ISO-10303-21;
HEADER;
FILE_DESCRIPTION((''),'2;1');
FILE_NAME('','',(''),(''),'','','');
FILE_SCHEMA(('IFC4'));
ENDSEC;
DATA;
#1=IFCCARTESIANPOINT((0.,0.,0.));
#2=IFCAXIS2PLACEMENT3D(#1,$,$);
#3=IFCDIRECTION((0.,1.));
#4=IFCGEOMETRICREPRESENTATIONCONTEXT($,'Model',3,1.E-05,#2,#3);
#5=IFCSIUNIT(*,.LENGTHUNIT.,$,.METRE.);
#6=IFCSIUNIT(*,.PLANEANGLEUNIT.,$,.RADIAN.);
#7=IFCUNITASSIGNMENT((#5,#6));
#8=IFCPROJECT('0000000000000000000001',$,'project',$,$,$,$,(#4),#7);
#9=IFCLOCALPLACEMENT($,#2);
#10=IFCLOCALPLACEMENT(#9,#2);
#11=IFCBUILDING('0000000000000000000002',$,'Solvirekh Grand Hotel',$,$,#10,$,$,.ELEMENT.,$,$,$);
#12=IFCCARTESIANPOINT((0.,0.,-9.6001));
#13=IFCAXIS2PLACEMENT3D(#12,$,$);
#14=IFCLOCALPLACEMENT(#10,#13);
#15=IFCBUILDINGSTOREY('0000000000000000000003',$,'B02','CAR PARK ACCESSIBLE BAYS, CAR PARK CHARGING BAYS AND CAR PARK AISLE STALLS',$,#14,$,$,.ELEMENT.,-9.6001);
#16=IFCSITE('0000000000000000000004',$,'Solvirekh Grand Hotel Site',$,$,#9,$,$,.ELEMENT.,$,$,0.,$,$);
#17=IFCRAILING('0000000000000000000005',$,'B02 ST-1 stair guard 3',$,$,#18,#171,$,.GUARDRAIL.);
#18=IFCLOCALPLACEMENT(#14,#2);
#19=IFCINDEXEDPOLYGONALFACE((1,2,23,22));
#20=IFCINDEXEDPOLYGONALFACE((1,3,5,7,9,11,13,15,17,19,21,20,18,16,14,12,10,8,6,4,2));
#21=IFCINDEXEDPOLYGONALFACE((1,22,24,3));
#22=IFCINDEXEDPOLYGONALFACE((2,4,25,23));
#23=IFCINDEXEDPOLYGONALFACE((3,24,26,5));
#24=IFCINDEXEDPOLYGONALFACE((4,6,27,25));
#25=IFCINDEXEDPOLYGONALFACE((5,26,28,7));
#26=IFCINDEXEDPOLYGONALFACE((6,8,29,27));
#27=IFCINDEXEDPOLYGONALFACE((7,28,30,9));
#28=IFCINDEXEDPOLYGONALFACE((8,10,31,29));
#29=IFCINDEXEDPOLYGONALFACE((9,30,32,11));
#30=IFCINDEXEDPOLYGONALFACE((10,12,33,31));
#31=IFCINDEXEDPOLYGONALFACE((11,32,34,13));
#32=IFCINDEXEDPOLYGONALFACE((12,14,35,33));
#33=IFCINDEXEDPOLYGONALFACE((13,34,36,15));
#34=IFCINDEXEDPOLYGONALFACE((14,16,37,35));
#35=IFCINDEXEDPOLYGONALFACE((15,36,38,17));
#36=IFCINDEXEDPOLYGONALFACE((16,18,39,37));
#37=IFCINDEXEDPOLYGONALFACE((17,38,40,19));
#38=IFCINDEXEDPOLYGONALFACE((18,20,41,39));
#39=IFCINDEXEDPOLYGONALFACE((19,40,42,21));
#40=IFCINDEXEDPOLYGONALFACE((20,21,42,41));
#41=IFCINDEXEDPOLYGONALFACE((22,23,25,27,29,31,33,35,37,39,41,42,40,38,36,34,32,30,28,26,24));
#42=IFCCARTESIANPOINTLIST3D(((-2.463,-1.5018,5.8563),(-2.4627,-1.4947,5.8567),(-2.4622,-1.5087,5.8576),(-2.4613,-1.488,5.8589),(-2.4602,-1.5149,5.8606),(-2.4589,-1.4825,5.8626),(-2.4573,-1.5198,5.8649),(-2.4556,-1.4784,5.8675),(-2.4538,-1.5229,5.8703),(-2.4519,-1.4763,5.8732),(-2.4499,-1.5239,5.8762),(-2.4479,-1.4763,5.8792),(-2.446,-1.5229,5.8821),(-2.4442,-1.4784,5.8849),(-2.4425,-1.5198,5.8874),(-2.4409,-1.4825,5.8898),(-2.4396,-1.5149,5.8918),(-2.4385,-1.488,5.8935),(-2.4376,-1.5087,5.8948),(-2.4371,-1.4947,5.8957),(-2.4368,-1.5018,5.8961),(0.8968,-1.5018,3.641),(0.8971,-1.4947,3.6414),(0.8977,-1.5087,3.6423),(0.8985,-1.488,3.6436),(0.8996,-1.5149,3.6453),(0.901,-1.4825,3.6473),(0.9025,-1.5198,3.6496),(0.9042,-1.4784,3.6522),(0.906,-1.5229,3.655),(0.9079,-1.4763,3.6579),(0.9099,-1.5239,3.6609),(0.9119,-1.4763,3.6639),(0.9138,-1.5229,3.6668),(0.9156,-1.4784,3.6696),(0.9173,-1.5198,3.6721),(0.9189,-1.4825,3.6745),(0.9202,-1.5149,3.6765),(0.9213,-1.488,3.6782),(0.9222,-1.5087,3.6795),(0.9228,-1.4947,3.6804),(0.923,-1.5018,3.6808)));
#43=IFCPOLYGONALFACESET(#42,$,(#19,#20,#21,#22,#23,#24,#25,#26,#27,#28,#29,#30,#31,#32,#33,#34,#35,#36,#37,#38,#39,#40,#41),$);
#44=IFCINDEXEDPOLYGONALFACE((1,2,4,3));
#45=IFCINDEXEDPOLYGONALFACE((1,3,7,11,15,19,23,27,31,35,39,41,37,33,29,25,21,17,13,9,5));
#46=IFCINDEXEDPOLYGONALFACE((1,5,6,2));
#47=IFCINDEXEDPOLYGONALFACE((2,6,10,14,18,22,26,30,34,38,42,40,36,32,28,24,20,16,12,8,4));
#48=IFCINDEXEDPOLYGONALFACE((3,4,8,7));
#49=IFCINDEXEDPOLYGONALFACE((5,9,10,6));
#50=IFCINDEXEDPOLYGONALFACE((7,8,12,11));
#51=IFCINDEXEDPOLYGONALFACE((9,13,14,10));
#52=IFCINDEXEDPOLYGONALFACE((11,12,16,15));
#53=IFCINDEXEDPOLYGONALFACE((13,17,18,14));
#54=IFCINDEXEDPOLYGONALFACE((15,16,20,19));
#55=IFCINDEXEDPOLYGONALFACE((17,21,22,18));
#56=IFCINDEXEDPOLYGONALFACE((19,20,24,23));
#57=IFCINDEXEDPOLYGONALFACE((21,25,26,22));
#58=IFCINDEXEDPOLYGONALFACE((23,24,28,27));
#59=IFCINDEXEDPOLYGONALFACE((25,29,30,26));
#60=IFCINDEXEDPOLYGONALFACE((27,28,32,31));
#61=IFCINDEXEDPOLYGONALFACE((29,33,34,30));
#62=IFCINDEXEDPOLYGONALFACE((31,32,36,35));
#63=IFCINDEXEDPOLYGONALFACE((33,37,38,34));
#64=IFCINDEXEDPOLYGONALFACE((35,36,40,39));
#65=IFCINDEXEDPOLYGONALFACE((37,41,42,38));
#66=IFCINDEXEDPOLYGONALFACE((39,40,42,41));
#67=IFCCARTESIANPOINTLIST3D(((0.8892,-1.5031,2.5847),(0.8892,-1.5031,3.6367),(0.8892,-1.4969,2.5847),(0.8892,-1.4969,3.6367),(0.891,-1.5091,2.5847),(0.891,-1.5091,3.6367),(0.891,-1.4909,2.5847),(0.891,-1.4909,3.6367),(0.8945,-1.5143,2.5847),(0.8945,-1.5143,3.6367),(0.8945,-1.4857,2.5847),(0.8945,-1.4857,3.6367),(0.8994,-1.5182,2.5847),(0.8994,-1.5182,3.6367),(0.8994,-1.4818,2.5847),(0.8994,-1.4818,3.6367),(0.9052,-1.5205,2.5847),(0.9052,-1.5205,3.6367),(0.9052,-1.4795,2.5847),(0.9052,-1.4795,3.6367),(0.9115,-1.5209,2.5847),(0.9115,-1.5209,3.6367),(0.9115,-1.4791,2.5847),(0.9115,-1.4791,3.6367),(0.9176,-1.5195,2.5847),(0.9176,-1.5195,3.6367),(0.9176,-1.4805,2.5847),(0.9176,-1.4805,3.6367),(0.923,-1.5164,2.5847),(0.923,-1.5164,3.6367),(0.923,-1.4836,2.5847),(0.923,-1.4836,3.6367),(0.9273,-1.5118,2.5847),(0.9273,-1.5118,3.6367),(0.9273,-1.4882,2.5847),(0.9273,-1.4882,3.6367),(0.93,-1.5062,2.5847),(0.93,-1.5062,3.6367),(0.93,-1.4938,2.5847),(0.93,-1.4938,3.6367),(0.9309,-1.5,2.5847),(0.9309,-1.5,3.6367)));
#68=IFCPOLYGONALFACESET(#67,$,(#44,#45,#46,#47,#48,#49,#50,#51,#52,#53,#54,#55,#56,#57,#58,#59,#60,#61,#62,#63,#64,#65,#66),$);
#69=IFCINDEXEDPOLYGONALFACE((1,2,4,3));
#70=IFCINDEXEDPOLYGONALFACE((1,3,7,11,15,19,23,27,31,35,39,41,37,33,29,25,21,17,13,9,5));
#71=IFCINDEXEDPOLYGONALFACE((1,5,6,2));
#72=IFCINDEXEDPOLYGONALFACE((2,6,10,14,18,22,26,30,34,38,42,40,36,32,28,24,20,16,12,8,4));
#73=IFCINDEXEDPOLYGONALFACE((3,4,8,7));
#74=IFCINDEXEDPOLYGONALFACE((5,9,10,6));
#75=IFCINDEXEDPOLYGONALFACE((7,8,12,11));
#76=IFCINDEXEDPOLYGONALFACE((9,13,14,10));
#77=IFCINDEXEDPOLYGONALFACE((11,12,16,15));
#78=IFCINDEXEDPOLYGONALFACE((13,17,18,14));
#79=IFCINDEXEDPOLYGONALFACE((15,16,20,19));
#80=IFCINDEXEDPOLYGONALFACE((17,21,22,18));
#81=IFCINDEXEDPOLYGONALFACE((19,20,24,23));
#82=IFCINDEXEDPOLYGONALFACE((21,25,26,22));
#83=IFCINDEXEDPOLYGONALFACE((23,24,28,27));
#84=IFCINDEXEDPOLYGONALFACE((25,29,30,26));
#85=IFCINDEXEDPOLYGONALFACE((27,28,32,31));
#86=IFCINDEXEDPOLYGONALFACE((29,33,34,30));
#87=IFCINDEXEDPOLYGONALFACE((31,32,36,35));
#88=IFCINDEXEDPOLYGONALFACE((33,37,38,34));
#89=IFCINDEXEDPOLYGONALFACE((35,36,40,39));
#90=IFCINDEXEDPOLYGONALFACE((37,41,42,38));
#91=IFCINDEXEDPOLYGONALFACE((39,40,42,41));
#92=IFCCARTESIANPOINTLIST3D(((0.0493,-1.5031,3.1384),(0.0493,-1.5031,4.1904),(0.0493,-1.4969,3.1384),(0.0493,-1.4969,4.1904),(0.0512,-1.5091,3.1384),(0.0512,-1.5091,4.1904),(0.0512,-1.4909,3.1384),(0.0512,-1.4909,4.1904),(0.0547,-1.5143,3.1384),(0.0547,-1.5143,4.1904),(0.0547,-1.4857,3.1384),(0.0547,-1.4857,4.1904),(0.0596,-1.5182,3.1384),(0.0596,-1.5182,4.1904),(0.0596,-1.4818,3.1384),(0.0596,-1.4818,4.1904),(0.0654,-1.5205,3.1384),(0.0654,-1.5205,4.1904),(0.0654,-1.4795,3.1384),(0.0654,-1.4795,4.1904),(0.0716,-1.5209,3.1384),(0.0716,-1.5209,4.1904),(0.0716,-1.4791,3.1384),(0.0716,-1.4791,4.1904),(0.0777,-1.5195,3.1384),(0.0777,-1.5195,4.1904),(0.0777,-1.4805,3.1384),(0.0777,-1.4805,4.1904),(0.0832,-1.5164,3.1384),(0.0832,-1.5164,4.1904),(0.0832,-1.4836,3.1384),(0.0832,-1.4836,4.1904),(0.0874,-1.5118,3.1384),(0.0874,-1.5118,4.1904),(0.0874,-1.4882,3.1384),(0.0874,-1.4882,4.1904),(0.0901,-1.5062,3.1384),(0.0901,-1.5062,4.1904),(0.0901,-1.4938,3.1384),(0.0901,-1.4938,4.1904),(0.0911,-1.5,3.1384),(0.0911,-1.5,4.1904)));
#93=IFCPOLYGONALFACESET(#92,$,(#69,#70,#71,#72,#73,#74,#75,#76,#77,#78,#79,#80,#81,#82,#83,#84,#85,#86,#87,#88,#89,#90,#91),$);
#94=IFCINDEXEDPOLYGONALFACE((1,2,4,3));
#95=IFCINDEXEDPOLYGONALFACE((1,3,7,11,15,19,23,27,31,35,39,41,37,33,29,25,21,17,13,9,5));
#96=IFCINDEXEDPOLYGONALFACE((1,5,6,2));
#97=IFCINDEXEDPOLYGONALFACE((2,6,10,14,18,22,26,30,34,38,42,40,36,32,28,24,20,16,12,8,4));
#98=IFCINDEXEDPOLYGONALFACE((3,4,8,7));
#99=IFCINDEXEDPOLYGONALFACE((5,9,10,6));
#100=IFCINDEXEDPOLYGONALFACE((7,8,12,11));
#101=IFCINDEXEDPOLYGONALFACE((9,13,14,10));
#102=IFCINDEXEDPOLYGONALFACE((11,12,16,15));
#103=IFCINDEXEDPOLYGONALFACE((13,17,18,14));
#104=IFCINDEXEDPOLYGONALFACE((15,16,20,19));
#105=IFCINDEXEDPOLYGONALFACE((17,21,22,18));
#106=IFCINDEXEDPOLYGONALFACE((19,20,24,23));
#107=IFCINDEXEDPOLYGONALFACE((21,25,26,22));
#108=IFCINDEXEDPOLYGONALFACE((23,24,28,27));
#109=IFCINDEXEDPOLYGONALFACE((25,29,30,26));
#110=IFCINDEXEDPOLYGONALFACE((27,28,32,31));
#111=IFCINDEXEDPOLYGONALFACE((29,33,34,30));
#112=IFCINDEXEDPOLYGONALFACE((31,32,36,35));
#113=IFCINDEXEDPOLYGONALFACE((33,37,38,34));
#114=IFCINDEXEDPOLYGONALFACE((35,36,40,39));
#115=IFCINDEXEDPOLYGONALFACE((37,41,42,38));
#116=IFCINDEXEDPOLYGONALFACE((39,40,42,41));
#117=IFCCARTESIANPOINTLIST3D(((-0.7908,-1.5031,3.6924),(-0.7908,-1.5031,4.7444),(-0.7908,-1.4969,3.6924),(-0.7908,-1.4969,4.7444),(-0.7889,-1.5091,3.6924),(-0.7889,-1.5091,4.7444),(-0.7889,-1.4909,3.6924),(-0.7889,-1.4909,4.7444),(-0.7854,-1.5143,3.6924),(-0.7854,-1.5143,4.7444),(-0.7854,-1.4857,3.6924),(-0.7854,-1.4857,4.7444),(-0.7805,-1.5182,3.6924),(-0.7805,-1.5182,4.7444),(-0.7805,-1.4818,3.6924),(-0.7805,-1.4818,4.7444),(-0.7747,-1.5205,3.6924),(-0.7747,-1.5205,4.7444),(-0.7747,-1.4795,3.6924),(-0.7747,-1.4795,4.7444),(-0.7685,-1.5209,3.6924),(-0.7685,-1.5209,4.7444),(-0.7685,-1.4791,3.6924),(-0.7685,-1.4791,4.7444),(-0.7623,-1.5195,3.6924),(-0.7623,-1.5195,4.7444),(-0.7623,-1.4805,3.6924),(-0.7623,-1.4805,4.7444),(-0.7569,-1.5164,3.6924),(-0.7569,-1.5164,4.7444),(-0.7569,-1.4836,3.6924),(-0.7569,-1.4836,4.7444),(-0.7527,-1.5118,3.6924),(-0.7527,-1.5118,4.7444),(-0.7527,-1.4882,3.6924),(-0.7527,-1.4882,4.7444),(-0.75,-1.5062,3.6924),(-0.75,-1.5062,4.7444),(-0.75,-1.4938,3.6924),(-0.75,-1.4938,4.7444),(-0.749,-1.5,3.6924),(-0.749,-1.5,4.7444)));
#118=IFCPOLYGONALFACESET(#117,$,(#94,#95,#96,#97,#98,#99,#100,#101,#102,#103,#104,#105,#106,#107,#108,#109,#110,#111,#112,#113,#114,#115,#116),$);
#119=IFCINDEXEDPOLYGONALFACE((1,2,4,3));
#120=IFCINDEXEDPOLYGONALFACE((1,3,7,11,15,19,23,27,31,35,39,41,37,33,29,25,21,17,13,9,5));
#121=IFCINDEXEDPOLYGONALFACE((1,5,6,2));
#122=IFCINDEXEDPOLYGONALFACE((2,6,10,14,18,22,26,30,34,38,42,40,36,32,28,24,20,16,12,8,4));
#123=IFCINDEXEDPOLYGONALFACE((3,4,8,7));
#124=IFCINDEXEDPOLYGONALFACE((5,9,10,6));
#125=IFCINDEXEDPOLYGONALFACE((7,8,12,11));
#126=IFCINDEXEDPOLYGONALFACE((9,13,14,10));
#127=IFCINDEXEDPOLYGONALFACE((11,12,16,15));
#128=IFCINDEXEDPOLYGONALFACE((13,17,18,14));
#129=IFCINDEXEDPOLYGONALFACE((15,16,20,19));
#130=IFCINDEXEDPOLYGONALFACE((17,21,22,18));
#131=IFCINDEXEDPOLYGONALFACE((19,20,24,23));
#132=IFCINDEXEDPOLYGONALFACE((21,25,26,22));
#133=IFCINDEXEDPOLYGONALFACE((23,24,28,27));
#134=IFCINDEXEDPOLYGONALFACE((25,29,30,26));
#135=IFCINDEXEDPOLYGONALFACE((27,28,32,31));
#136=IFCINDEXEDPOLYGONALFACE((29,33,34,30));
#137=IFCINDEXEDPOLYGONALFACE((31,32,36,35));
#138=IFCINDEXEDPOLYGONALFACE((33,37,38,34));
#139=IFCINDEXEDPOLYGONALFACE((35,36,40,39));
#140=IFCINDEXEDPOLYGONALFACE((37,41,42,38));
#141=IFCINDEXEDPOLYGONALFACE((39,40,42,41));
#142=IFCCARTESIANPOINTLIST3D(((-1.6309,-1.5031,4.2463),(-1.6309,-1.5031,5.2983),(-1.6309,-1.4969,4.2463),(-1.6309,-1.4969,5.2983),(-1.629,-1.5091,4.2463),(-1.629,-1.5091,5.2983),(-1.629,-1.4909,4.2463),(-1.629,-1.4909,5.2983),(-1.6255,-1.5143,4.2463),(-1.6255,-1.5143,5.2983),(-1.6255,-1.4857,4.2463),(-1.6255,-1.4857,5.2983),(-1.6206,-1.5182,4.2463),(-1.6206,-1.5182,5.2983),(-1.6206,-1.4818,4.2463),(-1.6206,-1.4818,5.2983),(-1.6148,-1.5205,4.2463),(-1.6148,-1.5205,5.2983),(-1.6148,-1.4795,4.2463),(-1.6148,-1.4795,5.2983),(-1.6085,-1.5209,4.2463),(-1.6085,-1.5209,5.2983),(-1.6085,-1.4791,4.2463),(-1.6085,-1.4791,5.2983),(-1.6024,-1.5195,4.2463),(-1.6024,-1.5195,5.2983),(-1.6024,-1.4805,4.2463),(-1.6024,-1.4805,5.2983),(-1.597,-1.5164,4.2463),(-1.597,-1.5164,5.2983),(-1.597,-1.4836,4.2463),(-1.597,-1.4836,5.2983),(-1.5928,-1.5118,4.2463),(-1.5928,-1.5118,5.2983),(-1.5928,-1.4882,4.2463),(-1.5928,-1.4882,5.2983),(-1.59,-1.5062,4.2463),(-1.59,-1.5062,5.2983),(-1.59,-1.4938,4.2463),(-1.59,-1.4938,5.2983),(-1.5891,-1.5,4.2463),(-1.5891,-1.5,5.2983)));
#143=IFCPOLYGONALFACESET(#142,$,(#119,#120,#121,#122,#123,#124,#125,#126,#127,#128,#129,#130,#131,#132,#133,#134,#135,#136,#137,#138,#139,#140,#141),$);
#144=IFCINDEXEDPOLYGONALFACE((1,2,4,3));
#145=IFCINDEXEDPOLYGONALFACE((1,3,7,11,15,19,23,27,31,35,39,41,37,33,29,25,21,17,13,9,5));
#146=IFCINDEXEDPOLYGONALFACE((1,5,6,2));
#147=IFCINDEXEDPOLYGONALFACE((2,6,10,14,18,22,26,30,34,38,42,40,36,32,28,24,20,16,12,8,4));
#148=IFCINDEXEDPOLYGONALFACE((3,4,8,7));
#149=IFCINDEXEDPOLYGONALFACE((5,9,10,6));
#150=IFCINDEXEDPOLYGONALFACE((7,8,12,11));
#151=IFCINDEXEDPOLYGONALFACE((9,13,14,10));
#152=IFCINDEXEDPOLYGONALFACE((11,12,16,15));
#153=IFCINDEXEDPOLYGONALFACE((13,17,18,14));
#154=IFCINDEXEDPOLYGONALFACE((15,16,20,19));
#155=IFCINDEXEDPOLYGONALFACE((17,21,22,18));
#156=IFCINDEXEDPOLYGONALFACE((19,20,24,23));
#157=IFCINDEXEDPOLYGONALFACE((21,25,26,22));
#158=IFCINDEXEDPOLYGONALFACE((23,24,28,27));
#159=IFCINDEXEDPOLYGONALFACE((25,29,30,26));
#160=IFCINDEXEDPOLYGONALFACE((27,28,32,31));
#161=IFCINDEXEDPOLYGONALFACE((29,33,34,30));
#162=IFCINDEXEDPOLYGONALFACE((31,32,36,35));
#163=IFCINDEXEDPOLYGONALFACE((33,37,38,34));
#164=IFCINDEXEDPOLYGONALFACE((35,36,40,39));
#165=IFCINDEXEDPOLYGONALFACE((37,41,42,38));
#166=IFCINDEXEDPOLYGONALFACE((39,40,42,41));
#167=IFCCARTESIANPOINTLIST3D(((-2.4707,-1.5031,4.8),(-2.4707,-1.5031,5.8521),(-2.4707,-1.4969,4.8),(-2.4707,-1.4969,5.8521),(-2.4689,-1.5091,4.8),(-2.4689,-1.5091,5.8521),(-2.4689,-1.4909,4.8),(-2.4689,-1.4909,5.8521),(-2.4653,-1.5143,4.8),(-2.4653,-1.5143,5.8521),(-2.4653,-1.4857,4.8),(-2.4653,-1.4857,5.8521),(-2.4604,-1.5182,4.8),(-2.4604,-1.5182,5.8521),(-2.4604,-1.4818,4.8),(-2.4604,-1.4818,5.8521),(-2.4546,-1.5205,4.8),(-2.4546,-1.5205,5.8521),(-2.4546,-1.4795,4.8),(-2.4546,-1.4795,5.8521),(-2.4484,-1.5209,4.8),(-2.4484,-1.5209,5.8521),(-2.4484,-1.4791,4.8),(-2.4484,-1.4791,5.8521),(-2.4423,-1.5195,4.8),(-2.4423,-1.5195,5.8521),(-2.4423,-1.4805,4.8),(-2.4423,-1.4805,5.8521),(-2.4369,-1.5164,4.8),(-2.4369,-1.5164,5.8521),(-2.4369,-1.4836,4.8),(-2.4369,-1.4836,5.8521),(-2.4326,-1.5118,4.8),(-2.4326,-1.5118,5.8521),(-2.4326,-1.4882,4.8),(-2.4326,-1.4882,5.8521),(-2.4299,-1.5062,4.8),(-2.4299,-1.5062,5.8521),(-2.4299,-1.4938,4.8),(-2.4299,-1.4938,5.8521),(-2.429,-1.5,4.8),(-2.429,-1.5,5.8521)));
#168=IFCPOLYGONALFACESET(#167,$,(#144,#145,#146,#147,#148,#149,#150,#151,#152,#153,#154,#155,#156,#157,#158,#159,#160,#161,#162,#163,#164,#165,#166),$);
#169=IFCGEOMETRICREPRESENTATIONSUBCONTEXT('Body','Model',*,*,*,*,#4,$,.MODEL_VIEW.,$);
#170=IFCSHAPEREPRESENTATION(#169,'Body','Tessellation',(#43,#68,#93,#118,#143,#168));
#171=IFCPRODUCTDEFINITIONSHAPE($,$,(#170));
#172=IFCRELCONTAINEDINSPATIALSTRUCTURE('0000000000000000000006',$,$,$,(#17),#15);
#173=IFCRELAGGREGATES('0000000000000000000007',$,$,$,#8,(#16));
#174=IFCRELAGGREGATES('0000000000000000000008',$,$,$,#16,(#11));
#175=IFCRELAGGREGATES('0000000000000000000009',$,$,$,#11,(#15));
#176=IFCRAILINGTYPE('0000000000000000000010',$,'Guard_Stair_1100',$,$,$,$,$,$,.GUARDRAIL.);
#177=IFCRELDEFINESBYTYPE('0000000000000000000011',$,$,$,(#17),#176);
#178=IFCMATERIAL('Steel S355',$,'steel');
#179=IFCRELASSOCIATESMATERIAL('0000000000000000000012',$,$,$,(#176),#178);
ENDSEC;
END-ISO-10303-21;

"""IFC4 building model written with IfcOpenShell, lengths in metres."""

from ifc_helpers import new_model, si_unit, direction, frame, origin, origin_2d, place, context, subcontext, project, spatial, circle, extrude, material, type_object, element, save


model = new_model("IFC4")

# Units and contexts
model_context = context("Model", 3, precision=1e-05, world=origin(), true_north=direction((0.0, 1.0)))
body_context = subcontext(model_context, "Body", "Model", "MODEL_VIEW")
ifc_project = project(units=[si_unit("LENGTHUNIT", "METRE"), si_unit("PLANEANGLEUNIT", "RADIAN")], contexts=[model_context])

# Site, building, storey
site_placement = place(None, origin())
site = spatial("IfcSite", under=ifc_project, at=site_placement, Name="Solvirekh Grand Hotel Site", CompositionType="ELEMENT", RefElevation=0.0)
building_placement = place(site_placement, origin())
building = spatial("IfcBuilding", under=site, at=building_placement, Name="Solvirekh Grand Hotel", CompositionType="ELEMENT")
storey_placement = place(building_placement, frame((0.0, 0.0, -9.6001)))
storey = spatial("IfcBuildingStorey", under=building, at=storey_placement, Name="B02", Description="CAR PARK ACCESSIBLE BAYS, CAR PARK CHARGING BAYS AND CAR PARK AISLE STALLS", CompositionType="ELEMENT", Elevation=-9.6001)

# Shared definitions
ifc_material_1 = material(Name="Steel S355", Category="steel")

# Railing
railing_type_1 = type_object("IfcRailingType", Name="Guard_Stair_1100", PredefinedType="GUARDRAIL", material=ifc_material_1)
railing_1_placement = place(storey_placement, frame((0.9099, -1.5, 2.5847)))
element("IfcRailing", 1, at=railing_1_placement, inside=storey, type_object=railing_type_1, Name="B02 ST-1 stair guard 3", PredefinedType="GUARDRAIL", context=body_context, shape_type="SweptSolid", body=[
    extrude(circle(Radius=0.0239, at=origin_2d()), frame((0.0, 0.0, 1.0762), z_axis=(-0.834858, 0.0, 0.550465), x_axis=(0.0, -1.0, 0.0)), (0.0, 0.0, 1.0), 4.0244),
    extrude(circle(Radius=0.021, at=origin_2d()), origin(), (0.0, 0.0, 1.0), 1.052),
    extrude(circle(Radius=0.021, at=origin_2d()), frame((-0.8398, 0.0, 0.5537)), (0.0, 0.0, 1.0), 1.052),
    extrude(circle(Radius=0.021, at=origin_2d()), frame((-1.6799, 0.0, 1.1077)), (0.0, 0.0, 1.0), 1.052),
    extrude(circle(Radius=0.021, at=origin_2d()), frame((-2.52, 0.0, 1.6616)), (0.0, 0.0, 1.0), 1.052),
    extrude(circle(Radius=0.021, at=origin_2d()), frame((-3.3599, 0.0, 2.2153)), (0.0, 0.0, 1.0), 1.052),
])

save(model, "model.ifc")
